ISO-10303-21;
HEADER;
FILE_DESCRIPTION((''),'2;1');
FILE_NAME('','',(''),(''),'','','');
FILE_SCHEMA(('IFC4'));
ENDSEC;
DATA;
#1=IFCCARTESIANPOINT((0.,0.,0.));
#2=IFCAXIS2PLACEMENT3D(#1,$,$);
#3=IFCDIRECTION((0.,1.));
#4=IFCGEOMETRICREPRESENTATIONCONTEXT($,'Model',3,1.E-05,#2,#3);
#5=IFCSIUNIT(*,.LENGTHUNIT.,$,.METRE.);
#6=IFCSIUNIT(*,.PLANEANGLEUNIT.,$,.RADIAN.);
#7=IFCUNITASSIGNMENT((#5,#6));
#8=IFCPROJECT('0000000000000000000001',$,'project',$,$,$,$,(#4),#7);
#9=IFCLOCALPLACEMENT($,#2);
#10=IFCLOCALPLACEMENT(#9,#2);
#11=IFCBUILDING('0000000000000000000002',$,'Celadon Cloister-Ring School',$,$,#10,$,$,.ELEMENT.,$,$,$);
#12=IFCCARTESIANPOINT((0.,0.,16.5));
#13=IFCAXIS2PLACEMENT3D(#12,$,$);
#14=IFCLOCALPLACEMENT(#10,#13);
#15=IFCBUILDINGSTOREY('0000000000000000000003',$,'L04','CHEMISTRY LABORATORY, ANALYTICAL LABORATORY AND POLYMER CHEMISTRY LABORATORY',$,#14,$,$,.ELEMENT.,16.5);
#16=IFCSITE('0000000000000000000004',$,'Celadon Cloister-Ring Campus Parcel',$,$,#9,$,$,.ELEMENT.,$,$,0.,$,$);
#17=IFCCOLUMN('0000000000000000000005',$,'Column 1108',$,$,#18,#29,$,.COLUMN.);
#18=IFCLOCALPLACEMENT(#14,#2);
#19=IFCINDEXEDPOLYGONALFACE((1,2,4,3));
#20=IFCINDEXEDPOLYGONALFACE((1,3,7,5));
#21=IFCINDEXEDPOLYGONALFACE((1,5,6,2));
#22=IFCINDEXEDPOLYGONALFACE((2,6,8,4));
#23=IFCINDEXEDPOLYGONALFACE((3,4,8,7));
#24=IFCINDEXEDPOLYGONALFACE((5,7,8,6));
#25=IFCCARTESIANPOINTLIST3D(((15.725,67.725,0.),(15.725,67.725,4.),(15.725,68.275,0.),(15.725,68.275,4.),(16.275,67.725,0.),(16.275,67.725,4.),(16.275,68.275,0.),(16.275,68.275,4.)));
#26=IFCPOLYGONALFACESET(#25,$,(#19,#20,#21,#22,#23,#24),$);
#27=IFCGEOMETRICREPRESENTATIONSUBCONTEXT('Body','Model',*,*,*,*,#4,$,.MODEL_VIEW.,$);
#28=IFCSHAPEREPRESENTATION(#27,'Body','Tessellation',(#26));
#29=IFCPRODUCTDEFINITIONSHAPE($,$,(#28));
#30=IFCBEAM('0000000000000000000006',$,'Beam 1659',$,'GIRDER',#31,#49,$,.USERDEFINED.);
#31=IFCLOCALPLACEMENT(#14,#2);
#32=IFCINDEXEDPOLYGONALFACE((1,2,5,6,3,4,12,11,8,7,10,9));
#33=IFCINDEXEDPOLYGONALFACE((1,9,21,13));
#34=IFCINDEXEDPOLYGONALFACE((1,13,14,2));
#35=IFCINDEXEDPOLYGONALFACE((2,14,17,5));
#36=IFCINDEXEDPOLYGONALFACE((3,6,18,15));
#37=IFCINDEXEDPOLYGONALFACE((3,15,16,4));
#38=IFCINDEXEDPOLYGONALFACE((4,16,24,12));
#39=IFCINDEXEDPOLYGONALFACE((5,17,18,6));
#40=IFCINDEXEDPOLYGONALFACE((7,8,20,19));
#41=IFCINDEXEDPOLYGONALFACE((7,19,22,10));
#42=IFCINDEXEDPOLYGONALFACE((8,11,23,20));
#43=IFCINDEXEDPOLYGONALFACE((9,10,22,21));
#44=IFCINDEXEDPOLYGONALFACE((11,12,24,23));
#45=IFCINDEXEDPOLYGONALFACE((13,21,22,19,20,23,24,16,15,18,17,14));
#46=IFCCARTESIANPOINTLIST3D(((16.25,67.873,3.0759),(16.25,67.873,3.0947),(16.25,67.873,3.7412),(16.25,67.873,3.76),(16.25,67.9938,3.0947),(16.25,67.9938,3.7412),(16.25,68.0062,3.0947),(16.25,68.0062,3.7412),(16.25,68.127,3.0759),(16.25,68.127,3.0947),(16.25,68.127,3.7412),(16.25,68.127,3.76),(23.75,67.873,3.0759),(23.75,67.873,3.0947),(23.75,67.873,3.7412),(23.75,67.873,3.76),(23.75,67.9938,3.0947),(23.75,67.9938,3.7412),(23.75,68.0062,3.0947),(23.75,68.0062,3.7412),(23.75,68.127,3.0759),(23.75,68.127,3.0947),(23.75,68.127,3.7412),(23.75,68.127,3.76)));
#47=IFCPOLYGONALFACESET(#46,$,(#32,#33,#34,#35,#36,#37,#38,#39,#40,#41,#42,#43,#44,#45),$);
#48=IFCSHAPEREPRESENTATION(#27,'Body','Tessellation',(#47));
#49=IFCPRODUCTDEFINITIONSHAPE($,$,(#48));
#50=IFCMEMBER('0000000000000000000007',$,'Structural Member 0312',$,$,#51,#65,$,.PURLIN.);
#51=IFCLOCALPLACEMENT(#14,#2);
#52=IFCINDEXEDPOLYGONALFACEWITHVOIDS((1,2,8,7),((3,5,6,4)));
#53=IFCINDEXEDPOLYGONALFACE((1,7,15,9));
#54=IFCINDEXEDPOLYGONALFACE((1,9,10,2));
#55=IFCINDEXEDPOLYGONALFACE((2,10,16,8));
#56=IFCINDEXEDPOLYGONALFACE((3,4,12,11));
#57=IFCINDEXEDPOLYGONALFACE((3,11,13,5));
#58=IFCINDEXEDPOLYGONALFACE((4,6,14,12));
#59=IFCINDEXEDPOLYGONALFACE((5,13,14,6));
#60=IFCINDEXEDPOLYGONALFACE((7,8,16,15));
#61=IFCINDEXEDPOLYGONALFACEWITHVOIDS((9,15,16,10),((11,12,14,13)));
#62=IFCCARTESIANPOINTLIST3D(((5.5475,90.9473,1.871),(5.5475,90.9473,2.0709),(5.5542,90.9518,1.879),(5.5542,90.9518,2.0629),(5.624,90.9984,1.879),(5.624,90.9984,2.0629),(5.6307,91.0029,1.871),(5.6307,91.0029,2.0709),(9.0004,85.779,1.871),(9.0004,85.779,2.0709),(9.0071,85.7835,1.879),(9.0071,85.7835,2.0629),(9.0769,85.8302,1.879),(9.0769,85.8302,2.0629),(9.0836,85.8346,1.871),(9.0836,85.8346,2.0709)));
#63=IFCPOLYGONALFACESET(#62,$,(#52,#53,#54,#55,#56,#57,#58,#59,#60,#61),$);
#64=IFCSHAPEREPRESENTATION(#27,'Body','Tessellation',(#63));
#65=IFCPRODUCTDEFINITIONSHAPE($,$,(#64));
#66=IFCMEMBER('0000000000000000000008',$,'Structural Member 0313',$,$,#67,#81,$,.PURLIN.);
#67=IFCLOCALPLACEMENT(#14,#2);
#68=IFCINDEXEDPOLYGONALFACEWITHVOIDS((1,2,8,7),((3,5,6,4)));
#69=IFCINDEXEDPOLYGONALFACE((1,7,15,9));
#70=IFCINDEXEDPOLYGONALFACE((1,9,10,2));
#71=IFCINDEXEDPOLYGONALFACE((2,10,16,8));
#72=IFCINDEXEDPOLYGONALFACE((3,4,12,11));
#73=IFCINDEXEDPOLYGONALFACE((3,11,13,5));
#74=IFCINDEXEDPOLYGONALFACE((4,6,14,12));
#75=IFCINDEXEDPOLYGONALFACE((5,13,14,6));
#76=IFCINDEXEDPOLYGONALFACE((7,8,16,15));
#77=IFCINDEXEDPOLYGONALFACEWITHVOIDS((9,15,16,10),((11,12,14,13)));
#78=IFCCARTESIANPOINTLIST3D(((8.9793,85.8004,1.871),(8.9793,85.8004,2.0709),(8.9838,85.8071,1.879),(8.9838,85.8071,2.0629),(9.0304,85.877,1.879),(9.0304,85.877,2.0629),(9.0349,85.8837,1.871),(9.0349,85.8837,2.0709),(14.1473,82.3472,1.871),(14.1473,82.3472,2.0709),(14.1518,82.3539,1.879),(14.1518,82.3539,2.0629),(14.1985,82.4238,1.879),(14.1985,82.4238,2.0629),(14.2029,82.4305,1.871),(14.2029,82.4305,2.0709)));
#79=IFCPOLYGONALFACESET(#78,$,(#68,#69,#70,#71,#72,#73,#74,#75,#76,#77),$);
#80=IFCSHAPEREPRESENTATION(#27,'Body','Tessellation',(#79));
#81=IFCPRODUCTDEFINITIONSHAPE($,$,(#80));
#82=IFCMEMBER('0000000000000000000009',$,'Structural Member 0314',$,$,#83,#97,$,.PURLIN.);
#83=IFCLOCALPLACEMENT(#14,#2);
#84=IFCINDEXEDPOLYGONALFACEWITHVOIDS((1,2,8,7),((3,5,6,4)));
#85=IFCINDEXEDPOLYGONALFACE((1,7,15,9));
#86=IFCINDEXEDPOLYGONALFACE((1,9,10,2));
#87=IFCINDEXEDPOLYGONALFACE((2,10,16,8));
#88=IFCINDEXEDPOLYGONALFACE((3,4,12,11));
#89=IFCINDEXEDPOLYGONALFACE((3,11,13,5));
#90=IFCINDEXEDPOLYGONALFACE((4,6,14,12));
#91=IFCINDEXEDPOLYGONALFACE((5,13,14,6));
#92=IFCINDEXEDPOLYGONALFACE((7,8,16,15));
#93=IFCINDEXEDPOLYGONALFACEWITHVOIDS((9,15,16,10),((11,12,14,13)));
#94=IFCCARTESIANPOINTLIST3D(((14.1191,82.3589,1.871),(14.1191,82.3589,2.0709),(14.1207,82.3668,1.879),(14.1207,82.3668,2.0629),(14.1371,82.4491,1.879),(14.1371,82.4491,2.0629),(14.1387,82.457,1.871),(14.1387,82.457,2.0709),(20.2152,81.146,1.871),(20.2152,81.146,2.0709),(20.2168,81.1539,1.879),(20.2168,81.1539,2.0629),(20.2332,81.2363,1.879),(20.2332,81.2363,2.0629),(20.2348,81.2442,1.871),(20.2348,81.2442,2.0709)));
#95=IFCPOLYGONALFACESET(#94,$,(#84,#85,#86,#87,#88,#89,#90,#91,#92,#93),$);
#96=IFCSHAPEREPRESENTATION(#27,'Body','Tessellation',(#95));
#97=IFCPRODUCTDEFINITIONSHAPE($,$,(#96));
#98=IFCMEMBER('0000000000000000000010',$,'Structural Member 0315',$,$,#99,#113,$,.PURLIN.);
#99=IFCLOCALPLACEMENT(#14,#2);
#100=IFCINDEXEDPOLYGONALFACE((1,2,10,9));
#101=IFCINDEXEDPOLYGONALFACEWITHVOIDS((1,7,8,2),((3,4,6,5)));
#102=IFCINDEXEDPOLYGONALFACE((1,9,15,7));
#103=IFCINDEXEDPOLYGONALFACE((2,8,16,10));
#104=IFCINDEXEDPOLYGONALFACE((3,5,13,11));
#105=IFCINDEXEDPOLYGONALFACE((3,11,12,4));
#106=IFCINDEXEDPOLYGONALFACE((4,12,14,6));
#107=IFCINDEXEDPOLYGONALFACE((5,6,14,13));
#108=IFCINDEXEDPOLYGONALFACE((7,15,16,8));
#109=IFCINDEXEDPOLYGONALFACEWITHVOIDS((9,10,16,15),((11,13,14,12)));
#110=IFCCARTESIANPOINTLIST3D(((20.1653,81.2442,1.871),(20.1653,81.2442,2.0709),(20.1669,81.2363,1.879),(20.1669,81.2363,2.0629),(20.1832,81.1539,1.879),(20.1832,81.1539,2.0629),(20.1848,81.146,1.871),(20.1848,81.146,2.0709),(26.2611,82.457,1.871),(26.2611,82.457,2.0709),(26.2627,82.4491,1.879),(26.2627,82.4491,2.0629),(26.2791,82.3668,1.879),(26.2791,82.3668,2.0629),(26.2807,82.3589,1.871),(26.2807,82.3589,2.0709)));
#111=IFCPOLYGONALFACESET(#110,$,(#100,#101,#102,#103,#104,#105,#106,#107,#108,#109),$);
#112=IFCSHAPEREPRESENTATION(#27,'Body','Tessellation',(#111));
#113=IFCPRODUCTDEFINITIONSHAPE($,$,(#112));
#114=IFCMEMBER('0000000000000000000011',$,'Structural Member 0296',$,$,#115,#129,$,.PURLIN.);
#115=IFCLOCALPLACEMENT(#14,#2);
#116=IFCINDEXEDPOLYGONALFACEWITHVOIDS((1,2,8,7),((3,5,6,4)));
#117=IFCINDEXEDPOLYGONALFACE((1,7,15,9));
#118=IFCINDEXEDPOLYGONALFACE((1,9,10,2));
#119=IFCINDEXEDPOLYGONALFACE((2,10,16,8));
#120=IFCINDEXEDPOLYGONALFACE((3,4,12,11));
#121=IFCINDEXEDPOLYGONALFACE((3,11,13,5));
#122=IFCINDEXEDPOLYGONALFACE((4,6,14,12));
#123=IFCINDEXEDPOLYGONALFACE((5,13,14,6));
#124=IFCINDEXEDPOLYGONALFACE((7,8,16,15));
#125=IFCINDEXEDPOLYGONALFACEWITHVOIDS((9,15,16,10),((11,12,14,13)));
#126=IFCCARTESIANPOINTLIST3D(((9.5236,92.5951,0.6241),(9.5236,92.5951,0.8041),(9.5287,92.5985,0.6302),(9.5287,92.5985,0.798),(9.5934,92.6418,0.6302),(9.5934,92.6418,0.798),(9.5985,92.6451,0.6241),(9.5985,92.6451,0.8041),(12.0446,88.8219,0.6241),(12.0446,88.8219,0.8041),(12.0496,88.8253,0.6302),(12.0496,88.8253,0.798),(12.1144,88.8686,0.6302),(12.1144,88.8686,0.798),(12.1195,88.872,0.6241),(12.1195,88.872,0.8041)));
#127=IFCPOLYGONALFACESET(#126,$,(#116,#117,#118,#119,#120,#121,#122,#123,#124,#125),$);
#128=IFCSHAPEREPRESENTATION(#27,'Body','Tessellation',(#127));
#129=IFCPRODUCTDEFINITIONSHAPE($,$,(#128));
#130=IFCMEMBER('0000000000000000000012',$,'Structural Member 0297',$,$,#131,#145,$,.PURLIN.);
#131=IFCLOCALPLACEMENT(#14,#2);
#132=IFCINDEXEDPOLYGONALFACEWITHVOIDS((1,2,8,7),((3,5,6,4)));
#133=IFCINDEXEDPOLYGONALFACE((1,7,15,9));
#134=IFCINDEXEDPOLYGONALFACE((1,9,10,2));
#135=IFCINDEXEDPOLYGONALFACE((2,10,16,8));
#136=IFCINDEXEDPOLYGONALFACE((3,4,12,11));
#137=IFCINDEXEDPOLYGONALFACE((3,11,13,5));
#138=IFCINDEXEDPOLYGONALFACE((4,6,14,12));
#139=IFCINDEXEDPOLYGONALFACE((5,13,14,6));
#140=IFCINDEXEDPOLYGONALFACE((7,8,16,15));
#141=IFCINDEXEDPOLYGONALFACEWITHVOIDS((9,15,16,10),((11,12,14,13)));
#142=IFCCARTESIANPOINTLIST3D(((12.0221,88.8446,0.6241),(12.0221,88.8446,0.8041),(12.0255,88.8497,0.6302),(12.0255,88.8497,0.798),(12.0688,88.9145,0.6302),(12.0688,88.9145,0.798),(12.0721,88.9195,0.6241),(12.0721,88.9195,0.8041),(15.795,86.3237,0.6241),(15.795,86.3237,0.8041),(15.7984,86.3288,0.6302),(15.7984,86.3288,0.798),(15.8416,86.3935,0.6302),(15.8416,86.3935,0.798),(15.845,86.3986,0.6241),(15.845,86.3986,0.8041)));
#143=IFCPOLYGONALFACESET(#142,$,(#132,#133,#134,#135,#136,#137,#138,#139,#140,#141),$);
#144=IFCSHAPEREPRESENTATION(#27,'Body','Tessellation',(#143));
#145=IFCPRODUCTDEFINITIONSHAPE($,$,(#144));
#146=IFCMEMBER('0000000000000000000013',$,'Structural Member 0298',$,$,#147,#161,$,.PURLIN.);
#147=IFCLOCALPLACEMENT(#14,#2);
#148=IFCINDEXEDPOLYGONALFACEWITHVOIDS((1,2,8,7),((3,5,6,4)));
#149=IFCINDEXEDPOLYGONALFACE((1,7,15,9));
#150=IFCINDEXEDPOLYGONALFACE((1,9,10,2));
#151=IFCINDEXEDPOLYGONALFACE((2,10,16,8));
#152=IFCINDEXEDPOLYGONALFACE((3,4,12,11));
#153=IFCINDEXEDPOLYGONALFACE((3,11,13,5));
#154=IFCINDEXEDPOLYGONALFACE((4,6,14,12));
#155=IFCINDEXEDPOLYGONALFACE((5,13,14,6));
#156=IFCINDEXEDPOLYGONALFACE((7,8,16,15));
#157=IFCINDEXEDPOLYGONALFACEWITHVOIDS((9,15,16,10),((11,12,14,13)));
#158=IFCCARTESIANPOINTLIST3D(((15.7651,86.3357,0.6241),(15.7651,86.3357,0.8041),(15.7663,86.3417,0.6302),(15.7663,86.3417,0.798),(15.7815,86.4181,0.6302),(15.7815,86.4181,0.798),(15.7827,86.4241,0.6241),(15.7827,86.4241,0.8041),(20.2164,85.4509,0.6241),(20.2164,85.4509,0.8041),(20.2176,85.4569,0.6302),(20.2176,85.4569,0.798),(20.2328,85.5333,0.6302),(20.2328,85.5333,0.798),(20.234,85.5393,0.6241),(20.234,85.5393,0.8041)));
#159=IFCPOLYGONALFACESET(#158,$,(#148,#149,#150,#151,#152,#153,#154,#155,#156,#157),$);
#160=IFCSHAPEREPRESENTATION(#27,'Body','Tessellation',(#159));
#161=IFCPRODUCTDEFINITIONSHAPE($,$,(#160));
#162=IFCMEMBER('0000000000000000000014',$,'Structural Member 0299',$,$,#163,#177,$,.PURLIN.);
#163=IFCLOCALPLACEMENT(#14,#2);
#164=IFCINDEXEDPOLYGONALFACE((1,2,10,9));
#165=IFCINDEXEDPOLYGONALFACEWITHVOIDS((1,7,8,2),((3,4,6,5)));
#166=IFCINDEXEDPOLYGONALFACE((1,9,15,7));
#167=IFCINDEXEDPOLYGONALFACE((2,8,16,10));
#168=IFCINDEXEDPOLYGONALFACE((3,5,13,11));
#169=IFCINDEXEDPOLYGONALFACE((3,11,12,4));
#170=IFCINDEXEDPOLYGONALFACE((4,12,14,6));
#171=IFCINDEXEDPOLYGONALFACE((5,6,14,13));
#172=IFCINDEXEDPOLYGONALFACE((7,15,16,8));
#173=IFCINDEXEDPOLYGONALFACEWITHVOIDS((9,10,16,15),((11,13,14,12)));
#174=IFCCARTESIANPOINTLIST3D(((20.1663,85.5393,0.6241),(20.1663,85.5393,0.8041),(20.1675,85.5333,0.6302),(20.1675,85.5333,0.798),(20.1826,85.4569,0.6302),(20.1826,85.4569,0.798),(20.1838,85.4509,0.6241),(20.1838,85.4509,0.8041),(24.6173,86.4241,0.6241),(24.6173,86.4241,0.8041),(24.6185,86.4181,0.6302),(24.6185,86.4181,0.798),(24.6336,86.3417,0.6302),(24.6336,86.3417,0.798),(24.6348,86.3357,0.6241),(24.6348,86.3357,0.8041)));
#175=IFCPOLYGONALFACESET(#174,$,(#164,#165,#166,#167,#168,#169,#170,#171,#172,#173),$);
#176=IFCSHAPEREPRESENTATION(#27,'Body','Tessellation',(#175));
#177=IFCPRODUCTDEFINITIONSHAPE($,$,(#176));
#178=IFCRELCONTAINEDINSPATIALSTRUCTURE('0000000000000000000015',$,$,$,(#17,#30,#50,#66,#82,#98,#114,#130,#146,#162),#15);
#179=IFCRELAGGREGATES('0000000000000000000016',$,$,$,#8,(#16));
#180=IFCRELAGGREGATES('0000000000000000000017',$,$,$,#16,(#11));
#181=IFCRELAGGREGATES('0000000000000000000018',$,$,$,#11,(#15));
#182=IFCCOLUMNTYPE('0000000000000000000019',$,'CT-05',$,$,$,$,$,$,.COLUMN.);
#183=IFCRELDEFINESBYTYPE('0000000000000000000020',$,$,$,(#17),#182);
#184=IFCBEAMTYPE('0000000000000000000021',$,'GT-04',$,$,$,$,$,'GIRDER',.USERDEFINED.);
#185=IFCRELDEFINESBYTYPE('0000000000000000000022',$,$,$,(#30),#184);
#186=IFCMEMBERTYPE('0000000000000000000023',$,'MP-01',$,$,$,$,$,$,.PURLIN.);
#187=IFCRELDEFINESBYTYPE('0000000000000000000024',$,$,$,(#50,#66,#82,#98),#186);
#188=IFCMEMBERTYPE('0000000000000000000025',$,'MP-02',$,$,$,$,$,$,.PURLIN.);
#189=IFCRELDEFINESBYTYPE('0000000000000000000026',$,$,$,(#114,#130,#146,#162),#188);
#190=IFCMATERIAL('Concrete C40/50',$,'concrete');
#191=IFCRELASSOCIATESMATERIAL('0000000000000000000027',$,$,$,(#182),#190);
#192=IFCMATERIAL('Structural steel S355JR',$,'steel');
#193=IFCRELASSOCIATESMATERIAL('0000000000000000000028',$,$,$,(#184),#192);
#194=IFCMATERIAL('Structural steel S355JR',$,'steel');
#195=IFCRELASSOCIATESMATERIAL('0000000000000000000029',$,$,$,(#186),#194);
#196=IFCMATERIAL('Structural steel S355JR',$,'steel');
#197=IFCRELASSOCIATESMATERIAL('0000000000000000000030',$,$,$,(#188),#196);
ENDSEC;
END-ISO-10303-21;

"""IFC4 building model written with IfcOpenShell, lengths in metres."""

from ifc_helpers import new_model, si_unit, direction, frame, origin, origin_2d, place, context, subcontext, project, spatial, rectangle, hollow_rectangle, i_section, extrude, material, material_profile, profile_set, type_object, element, save


model = new_model("IFC4")

# Units and contexts
model_context = context("Model", 3, precision=1e-05, world=origin(), true_north=direction((0.0, 1.0)))
body_context = subcontext(model_context, "Body", "Model", "MODEL_VIEW")
ifc_project = project(units=[si_unit("LENGTHUNIT", "METRE"), si_unit("PLANEANGLEUNIT", "RADIAN")], contexts=[model_context])

# Site, building, storey
site_placement = place(None, origin())
site = spatial("IfcSite", under=ifc_project, at=site_placement, Name="Celadon Cloister-Ring Campus Parcel", CompositionType="ELEMENT", RefElevation=0.0)
building_placement = place(site_placement, origin())
building = spatial("IfcBuilding", under=site, at=building_placement, Name="Celadon Cloister-Ring School", CompositionType="ELEMENT")
storey_placement = place(building_placement, frame((0.0, 0.0, 16.5)))
storey = spatial("IfcBuildingStorey", under=building, at=storey_placement, Name="L04", Description="CHEMISTRY LABORATORY, ANALYTICAL LABORATORY AND POLYMER CHEMISTRY LABORATORY", CompositionType="ELEMENT", Elevation=16.5)

# Column
ifc_material_1 = material(Name="Concrete C40/50", Category="concrete")
ifc_material_profile_1 = material_profile(ifc_material_1, rectangle(XDim=0.55, YDim=0.55, at=origin_2d()), Name="RC550X550")
ifc_profile_set_1 = profile_set([ifc_material_profile_1], Name="Concrete C40/50")
column_type = type_object("IfcColumnType", Name="CT-05", PredefinedType="COLUMN", material=ifc_profile_set_1)
column_placement = place(storey_placement, frame((16.0, 68.0, 0.0), z_axis=(0.0, 0.0, 1.0), x_axis=(1.0, 0.0, 0.0)))
element("IfcColumn", 1, at=column_placement, inside=storey, type_object=column_type, Name="Column 1108", PredefinedType="COLUMN", context=body_context, shape_type="SweptSolid", body=[
    extrude(rectangle(XDim=0.55, YDim=0.55, at=origin_2d()), origin(), (0.0, 0.0, 1.0), 4.0),
])

# Beam
ifc_material_2 = material(Name="Structural steel S355JR", Category="steel")
ifc_material_profile_2 = material_profile(ifc_material_2, i_section(OverallWidth=0.2539, OverallDepth=0.6841, WebThickness=0.0125, FlangeThickness=0.0188, at=origin_2d()), Name="W690X140")
ifc_profile_set_2 = profile_set([ifc_material_profile_2], Name="Structural steel S355JR")
beam_type = type_object("IfcBeamType", Name="GT-04", ElementType="GIRDER", PredefinedType="USERDEFINED", material=ifc_profile_set_2)
beam_placement = place(storey_placement, frame((16.25, 68.0, 3.418), z_axis=(1.0, 0.0, 0.0), x_axis=(0.0, 1.0, 0.0)))
element("IfcBeam", 2, at=beam_placement, inside=storey, type_object=beam_type, Name="Beam 1659", ObjectType="GIRDER", PredefinedType="USERDEFINED", context=body_context, shape_type="SweptSolid", body=[
    extrude(i_section(OverallWidth=0.2539, OverallDepth=0.6841, WebThickness=0.0125, FlangeThickness=0.0188, at=origin_2d()), origin(), (0.0, 0.0, 1.0), 7.5),
])

# Members
ifc_material_3 = material(Name="Structural steel S355JR", Category="steel")
ifc_material_profile_3 = material_profile(ifc_material_3, hollow_rectangle(XDim=0.1001, YDim=0.2, WallThickness=0.0081, at=origin_2d()), Name="HSS200X100X8")
ifc_profile_set_3 = profile_set([ifc_material_profile_3], Name="Structural steel S355JR")
member_type_1 = type_object("IfcMemberType", Name="MP-01", PredefinedType="PURLIN", material=ifc_profile_set_3)
for number, where, z_axis, x_axis, name in (
    (3, (5.5891, 90.9751, 1.9709), (0.555525, -0.8315, 0.0), (0.8315, 0.555525, 0.0), "Structural Member 0312"),
    (4, (9.0071, 85.842, 1.9709), (0.83147, -0.55557, 0.0), (0.55557, 0.83147, 0.0), "Structural Member 0313"),
    (5, (14.1289, 82.408, 1.9709), (0.980777, -0.195134, 0.0), (0.195134, 0.980777, 0.0), "Structural Member 0314"),
):
    element("IfcMember", number, at=place(storey_placement, frame(where, z_axis=z_axis, x_axis=x_axis)), inside=storey, type_object=member_type_1, Name=name, PredefinedType="PURLIN", context=body_context, shape_type="SweptSolid", body=[
        extrude(hollow_rectangle(XDim=0.1001, YDim=0.2, WallThickness=0.0081, at=origin_2d()), origin(), (0.0, 0.0, 1.0), 6.2156),
    ])
member_1_placement = place(storey_placement, frame((20.175, 81.1951, 1.9709), z_axis=(0.980775, 0.195142, 0.0), x_axis=(-0.195142, 0.980775, 0.0)))
element("IfcMember", 6, at=member_1_placement, inside=storey, type_object=member_type_1, Name="Structural Member 0315", PredefinedType="PURLIN", context=body_context, shape_type="SweptSolid", body=[
    extrude(hollow_rectangle(XDim=0.1001, YDim=0.2, WallThickness=0.0081, at=origin_2d()), origin(), (0.0, 0.0, 1.0), 6.2153),
])
ifc_material_4 = material(Name="Structural steel S355JR", Category="steel")
ifc_material_profile_4 = material_profile(ifc_material_4, hollow_rectangle(XDim=0.0901, YDim=0.1799, WallThickness=0.0061, at=origin_2d()), Name="HSS180X90X6")
ifc_profile_set_4 = profile_set([ifc_material_profile_4], Name="Structural steel S355JR")
member_type_2 = type_object("IfcMemberType", Name="MP-02", PredefinedType="PURLIN", material=ifc_profile_set_4)
member_2_placement = place(storey_placement, frame((9.561, 92.6201, 0.7141), z_axis=(0.555544, -0.831487, 0.0), x_axis=(0.831487, 0.555544, 0.0)))
element("IfcMember", 7, at=member_2_placement, inside=storey, type_object=member_type_2, Name="Structural Member 0296", PredefinedType="PURLIN", context=body_context, shape_type="SweptSolid", body=[
    extrude(hollow_rectangle(XDim=0.0901, YDim=0.1799, WallThickness=0.0061, at=origin_2d()), origin(), (0.0, 0.0, 1.0), 4.5378),
])
member_3_placement = place(storey_placement, frame((12.0471, 88.8821, 0.7141), z_axis=(0.83147, -0.555569, 0.0), x_axis=(0.555569, 0.83147, 0.0)))
element("IfcMember", 8, at=member_3_placement, inside=storey, type_object=member_type_2, Name="Structural Member 0297", PredefinedType="PURLIN", context=body_context, shape_type="SweptSolid", body=[
    extrude(hollow_rectangle(XDim=0.0901, YDim=0.1799, WallThickness=0.0061, at=origin_2d()), origin(), (0.0, 0.0, 1.0), 4.5376),
])
member_4_placement = place(storey_placement, frame((15.7739, 86.3799, 0.7141), z_axis=(0.980812, -0.194957, 0.0), x_axis=(0.194957, 0.980812, 0.0)))
element("IfcMember", 9, at=member_4_placement, inside=storey, type_object=member_type_2, Name="Structural Member 0298", PredefinedType="PURLIN", context=body_context, shape_type="SweptSolid", body=[
    extrude(hollow_rectangle(XDim=0.0901, YDim=0.1799, WallThickness=0.0061, at=origin_2d()), origin(), (0.0, 0.0, 1.0), 4.5383),
])
member_5_placement = place(storey_placement, frame((20.175, 85.4951, 0.7141), z_axis=(0.98081, 0.194968, 0.0), x_axis=(-0.194968, 0.98081, 0.0)))
element("IfcMember", 10, at=member_5_placement, inside=storey, type_object=member_type_2, Name="Structural Member 0299", PredefinedType="PURLIN", context=body_context, shape_type="SweptSolid", body=[
    extrude(hollow_rectangle(XDim=0.0901, YDim=0.1799, WallThickness=0.0061, at=origin_2d()), origin(), (0.0, 0.0, 1.0), 4.5381),
])

save(model, "model.ifc")
